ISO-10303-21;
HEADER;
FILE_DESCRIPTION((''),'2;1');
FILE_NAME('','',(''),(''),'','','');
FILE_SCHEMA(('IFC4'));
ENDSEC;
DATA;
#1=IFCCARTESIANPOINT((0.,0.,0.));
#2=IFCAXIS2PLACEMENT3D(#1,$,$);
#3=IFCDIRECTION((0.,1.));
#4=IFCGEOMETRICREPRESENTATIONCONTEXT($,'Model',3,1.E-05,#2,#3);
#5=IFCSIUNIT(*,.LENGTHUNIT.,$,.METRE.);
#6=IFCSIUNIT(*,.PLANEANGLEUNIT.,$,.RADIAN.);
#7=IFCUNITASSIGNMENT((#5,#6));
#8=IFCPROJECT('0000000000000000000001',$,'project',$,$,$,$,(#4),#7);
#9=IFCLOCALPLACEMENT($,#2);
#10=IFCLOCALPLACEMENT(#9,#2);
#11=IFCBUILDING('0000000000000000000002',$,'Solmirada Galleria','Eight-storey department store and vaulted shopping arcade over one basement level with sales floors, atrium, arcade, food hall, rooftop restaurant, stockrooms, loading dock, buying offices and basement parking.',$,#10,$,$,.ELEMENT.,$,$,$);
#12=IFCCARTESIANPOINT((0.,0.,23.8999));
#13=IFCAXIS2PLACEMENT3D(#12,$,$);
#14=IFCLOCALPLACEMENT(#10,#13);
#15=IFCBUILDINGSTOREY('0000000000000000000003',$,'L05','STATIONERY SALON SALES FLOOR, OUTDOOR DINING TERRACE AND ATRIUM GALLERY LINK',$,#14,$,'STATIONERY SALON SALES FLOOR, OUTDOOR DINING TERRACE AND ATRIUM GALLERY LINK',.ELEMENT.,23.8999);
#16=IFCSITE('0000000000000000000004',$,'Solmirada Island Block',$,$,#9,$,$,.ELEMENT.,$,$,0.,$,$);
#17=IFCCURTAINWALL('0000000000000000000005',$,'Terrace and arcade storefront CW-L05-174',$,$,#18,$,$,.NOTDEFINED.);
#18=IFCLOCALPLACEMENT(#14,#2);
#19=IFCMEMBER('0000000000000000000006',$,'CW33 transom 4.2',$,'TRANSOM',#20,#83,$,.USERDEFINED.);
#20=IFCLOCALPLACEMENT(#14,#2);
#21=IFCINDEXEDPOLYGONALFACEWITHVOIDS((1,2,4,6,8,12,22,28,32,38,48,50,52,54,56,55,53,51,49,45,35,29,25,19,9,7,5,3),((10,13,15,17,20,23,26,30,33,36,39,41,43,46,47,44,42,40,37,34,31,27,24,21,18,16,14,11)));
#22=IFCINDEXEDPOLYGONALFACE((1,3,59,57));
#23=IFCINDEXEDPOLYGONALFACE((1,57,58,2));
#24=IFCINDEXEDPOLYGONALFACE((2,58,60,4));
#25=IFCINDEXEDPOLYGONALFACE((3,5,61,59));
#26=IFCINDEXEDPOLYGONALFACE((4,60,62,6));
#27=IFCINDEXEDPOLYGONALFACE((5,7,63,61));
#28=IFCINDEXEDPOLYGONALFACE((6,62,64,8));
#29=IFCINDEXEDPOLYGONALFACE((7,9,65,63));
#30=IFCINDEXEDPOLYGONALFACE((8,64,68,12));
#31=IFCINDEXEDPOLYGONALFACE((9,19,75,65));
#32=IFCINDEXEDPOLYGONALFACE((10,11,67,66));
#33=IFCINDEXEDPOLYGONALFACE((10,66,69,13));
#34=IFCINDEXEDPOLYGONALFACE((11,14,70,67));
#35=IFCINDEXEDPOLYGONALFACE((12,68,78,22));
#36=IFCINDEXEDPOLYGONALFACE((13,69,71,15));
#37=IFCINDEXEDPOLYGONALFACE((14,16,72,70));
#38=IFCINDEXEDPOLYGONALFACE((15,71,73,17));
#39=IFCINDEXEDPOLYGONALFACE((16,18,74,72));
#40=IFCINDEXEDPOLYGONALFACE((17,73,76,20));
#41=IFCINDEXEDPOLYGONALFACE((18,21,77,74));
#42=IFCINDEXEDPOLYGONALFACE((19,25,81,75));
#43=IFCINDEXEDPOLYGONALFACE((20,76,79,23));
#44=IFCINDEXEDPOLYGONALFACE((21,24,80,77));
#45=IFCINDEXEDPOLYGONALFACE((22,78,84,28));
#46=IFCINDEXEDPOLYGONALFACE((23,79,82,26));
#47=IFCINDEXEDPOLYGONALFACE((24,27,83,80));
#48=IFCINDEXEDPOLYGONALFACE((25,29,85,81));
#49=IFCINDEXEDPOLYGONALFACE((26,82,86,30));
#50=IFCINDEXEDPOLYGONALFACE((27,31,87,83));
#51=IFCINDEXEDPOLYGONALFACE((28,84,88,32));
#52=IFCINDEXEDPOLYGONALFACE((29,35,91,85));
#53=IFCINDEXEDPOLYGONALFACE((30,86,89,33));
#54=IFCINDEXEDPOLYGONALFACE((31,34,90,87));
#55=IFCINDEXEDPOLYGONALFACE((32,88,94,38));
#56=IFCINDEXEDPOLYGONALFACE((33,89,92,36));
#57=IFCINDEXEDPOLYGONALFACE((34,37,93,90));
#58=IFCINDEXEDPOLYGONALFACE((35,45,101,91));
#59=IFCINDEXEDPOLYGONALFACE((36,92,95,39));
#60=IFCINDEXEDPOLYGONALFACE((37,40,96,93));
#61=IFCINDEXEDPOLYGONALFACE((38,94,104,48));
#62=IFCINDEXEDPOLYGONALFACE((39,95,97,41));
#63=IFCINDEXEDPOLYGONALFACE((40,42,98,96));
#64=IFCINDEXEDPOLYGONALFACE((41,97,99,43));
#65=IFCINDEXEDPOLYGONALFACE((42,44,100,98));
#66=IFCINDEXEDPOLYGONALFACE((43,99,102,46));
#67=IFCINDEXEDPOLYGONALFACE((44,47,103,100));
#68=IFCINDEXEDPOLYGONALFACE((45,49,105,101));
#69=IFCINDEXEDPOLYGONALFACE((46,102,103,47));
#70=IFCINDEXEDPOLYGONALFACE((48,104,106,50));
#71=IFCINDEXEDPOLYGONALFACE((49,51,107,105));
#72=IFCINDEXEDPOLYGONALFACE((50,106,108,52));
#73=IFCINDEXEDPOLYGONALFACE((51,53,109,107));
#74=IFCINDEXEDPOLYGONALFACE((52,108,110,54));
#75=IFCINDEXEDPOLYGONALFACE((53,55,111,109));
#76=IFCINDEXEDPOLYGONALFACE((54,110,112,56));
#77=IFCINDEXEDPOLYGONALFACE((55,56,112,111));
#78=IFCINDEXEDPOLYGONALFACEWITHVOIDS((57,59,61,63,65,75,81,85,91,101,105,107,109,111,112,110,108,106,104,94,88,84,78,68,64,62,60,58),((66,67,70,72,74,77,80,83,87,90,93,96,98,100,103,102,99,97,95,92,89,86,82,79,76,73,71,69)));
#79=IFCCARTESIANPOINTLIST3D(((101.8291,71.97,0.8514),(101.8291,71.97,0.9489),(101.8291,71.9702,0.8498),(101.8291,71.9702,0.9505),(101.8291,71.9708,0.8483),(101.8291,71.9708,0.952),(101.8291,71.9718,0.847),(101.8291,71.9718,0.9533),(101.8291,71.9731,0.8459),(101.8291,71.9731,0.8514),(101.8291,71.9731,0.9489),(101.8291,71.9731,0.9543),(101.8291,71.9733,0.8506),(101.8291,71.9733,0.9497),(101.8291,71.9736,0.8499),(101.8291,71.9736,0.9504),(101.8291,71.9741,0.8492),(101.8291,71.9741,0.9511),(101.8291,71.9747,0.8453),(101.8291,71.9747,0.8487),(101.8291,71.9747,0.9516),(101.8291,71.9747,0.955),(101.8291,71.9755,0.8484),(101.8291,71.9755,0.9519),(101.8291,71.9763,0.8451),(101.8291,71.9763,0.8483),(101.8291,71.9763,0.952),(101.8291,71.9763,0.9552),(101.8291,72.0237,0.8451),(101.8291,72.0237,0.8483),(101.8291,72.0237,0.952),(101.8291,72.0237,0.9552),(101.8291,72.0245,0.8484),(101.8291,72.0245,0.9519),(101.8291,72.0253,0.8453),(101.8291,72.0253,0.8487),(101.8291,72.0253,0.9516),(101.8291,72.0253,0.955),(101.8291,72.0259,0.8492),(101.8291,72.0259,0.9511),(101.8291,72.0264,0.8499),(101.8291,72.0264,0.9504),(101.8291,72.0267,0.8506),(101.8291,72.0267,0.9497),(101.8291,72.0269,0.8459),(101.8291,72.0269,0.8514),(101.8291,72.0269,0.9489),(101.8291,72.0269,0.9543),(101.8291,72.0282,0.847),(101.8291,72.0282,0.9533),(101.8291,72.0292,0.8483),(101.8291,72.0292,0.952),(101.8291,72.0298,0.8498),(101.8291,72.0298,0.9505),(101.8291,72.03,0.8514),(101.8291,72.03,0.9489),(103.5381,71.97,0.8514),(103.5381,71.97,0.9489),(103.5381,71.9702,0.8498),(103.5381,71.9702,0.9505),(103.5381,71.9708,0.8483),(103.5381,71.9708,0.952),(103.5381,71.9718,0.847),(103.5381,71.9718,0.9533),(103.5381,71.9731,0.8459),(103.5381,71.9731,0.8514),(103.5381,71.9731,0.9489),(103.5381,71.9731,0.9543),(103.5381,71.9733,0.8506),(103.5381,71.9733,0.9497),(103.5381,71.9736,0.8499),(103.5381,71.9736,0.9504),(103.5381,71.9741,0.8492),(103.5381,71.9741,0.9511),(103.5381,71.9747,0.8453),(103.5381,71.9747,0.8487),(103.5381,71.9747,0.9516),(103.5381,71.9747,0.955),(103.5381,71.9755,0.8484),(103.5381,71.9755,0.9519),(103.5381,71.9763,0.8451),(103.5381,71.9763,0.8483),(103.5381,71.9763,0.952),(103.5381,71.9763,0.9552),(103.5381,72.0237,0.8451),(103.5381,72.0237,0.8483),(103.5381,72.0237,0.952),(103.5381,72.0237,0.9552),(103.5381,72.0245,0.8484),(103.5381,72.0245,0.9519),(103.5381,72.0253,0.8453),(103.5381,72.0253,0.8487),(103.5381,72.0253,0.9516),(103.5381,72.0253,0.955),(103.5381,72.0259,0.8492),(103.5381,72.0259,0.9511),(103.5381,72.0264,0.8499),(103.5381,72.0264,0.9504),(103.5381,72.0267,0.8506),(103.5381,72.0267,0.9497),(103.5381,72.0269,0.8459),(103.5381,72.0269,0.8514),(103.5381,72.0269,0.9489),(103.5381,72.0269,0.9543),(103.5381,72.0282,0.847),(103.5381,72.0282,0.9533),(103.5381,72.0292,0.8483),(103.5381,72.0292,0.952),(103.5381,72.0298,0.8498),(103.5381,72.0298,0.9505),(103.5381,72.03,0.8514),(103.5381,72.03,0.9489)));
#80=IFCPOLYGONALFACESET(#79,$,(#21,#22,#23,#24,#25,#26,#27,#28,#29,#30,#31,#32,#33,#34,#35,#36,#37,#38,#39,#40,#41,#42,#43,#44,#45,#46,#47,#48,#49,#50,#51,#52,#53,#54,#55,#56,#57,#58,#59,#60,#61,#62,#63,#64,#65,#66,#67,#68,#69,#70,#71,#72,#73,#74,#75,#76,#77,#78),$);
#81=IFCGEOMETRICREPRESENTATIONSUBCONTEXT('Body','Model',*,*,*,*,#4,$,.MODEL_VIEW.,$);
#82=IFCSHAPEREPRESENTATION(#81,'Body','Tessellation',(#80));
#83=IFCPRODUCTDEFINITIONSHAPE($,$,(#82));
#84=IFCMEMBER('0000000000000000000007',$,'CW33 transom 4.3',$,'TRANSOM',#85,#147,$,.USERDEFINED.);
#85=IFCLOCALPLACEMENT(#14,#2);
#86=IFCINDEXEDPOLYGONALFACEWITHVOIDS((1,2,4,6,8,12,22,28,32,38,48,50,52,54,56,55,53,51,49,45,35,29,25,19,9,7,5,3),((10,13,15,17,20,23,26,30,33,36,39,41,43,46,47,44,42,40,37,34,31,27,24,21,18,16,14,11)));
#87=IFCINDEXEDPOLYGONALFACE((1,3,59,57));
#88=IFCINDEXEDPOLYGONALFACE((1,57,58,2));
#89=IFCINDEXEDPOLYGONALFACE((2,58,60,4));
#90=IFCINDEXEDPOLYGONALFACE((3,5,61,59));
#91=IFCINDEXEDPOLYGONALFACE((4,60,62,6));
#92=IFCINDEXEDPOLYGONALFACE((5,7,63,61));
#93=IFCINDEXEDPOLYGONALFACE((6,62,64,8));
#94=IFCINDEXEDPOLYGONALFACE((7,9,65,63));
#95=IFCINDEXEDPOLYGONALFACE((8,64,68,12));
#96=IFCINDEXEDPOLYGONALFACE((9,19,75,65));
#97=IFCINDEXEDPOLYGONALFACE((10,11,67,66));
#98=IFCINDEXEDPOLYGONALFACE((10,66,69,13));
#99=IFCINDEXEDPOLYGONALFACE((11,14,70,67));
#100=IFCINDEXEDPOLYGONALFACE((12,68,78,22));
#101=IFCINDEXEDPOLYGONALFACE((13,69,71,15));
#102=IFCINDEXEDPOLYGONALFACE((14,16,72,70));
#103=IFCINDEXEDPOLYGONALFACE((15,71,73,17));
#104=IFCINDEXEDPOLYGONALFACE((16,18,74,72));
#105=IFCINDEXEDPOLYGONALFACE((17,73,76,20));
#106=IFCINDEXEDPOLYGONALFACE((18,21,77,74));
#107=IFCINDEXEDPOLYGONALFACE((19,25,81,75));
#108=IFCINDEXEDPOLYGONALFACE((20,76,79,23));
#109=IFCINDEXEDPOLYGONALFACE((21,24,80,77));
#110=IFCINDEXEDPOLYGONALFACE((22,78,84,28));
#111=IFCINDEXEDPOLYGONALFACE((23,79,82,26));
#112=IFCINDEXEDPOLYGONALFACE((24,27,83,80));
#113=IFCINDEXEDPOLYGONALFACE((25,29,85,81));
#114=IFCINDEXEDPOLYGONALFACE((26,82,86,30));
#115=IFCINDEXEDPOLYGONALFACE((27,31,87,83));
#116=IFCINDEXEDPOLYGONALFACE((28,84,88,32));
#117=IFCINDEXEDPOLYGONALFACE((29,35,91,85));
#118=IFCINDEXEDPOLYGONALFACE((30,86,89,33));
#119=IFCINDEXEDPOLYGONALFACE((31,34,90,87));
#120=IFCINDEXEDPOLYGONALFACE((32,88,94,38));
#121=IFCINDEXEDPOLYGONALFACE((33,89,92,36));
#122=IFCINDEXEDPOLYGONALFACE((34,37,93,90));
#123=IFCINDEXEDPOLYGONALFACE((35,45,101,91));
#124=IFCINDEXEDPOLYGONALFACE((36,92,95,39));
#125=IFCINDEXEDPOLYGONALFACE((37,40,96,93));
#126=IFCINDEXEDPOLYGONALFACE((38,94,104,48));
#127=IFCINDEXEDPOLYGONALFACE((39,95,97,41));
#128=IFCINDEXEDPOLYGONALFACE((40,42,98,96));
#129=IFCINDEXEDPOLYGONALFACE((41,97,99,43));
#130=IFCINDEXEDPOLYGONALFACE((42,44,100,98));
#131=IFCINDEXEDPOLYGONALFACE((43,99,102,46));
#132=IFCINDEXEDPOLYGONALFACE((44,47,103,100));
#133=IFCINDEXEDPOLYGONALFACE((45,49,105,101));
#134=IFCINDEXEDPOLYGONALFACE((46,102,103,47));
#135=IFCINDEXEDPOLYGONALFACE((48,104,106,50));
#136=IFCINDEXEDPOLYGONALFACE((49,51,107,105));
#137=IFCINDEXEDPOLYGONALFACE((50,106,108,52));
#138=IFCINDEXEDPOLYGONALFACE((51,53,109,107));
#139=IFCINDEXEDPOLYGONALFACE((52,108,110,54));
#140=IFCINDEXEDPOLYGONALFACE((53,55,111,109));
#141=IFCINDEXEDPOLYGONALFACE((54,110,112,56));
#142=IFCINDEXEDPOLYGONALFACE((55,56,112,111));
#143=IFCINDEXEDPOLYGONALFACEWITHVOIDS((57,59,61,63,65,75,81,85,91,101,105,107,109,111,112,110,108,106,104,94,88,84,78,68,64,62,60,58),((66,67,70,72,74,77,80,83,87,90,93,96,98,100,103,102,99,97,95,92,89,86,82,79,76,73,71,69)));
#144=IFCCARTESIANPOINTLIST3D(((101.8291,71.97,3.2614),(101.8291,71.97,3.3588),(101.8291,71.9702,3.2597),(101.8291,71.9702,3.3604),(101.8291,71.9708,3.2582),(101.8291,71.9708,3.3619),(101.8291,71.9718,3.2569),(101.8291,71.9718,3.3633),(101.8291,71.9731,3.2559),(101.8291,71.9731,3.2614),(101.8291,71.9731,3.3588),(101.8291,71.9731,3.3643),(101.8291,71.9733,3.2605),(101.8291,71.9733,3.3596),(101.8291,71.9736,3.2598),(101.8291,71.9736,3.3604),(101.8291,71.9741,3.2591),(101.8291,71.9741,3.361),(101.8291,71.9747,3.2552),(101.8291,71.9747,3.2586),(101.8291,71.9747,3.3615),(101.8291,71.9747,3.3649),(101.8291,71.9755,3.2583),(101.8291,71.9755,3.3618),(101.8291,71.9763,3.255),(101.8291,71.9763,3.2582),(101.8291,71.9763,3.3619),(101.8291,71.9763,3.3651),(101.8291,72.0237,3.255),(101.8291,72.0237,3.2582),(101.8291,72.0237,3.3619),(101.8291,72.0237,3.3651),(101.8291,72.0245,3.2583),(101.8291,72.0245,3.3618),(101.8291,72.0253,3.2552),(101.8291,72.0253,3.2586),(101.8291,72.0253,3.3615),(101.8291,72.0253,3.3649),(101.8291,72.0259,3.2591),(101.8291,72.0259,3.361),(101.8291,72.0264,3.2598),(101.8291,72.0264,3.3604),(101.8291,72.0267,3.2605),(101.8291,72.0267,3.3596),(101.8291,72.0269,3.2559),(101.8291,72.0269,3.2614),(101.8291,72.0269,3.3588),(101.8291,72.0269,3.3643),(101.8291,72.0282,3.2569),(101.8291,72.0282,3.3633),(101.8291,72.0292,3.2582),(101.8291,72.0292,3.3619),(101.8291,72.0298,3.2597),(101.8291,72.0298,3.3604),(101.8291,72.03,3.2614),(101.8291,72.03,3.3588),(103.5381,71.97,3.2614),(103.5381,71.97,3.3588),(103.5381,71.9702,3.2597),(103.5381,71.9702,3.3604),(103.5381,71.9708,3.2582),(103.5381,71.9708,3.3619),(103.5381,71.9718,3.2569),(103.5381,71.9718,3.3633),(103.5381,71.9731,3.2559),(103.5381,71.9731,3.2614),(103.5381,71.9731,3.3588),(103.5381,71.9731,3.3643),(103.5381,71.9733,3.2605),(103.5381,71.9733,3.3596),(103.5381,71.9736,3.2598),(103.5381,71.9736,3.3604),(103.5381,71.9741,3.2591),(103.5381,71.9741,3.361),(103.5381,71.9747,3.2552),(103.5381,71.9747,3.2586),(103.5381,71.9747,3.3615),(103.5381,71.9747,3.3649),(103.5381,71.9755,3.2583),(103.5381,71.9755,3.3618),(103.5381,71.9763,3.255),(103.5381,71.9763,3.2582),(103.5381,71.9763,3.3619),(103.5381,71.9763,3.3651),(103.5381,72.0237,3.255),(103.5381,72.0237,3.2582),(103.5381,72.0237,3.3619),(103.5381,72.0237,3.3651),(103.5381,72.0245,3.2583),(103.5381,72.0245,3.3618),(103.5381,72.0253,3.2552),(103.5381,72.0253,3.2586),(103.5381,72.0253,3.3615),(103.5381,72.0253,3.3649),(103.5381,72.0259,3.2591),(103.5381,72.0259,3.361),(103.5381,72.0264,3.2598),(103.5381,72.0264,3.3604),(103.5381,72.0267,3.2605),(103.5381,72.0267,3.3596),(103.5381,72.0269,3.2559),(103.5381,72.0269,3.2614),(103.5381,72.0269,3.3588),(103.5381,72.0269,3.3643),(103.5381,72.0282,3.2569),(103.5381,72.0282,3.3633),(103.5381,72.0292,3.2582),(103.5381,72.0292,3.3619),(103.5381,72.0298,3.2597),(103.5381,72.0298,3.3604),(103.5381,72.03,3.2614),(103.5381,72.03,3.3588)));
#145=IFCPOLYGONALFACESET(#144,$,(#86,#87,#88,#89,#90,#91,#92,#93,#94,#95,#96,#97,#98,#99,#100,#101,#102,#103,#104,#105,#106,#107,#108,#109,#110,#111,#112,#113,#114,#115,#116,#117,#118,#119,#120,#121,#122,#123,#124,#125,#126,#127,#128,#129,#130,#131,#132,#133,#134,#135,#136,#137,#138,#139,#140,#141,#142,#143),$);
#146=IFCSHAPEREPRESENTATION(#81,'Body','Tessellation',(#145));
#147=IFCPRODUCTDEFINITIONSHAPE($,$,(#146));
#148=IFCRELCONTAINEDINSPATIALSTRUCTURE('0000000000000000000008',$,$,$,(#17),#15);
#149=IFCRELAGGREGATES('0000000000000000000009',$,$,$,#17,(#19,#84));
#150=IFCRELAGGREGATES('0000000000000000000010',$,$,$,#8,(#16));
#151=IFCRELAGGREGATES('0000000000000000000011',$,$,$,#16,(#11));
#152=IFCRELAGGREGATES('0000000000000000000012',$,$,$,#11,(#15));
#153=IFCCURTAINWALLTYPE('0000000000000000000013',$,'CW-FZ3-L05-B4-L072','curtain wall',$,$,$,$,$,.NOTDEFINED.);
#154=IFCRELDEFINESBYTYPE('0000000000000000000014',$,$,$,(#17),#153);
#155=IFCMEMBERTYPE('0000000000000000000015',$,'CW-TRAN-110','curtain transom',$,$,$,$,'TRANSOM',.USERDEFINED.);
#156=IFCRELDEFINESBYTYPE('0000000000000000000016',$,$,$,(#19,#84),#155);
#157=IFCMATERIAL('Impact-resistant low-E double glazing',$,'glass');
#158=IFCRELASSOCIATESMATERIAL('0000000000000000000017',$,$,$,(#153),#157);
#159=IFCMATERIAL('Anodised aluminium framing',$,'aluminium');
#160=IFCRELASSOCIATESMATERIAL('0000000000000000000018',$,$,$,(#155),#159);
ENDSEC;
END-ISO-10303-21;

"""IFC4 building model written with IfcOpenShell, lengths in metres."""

from ifc_helpers import new_model, si_unit, direction, frame, origin, origin_2d, place, context, subcontext, project, spatial, hollow_rectangle, extrude, material, material_profile, profile_set, type_object, element, aggregate, save


model = new_model("IFC4")

# Units and contexts
model_context = context("Model", 3, precision=1e-05, world=origin(), true_north=direction((0.0, 1.0)))
body_context = subcontext(model_context, "Body", "Model", "MODEL_VIEW")
ifc_project = project(units=[si_unit("LENGTHUNIT", "METRE"), si_unit("PLANEANGLEUNIT", "RADIAN")], contexts=[model_context])

# Site, building, storey
site_placement = place(None, origin())
site = spatial("IfcSite", under=ifc_project, at=site_placement, Name="Solmirada Island Block", CompositionType="ELEMENT", RefElevation=0.0)
building_placement = place(site_placement, origin())
building = spatial("IfcBuilding", under=site, at=building_placement, Name="Solmirada Galleria", Description="Eight-storey department store and vaulted shopping arcade over one basement level with sales floors, atrium, arcade, food hall, rooftop restaurant, stockrooms, loading dock, buying offices and basement parking.", CompositionType="ELEMENT")
storey_placement = place(building_placement, frame((0.0, 0.0, 23.8999)))
storey = spatial("IfcBuildingStorey", under=building, at=storey_placement, Name="L05", Description="STATIONERY SALON SALES FLOOR, OUTDOOR DINING TERRACE AND ATRIUM GALLERY LINK", LongName="STATIONERY SALON SALES FLOOR, OUTDOOR DINING TERRACE AND ATRIUM GALLERY LINK", CompositionType="ELEMENT", Elevation=23.8999)

# Curtain wall, members
ifc_material_1 = material(Name="Impact-resistant low-E double glazing", Category="glass")
curtain_wall_type = type_object("IfcCurtainWallType", Name="CW-FZ3-L05-B4-L072", Description="curtain wall", PredefinedType="NOTDEFINED", material=ifc_material_1)
curtain_wall_placement = place(storey_placement, origin())
curtain_wall = element("IfcCurtainWall", 1, at=curtain_wall_placement, inside=storey, type_object=curtain_wall_type, Name="Terrace and arcade storefront CW-L05-174", PredefinedType="NOTDEFINED")
ifc_material_2 = material(Name="Anodised aluminium framing", Category="aluminium")
ifc_material_profile_1 = material_profile(ifc_material_2, hollow_rectangle(XDim=0.0601, YDim=0.1101, WallThickness=0.0032, InnerFilletRadius=0.0032, OuterFilletRadius=0.0063, at=origin_2d()), Name="ALU-TRAN-110X60")
ifc_profile_set_1 = profile_set([ifc_material_profile_1], Name="Anodised aluminium framing")
member_type_1 = type_object("IfcMemberType", Name="CW-TRAN-110", Description="curtain transom", ElementType="TRANSOM", PredefinedType="USERDEFINED", material=ifc_profile_set_1)
member_1_placement = place(storey_placement, frame((101.8291, 72.0, 0.9001), z_axis=(1.0, 0.0, 0.0), x_axis=(0.0, 1.0, 0.0)))
member_1 = element("IfcMember", 2, at=member_1_placement, type_object=member_type_1, Name="CW33 transom 4.2", ObjectType="TRANSOM", PredefinedType="USERDEFINED", context=body_context, shape_type="SweptSolid", body=[
    extrude(hollow_rectangle(XDim=0.0601, YDim=0.1101, WallThickness=0.0032, InnerFilletRadius=0.0032, OuterFilletRadius=0.0063, at=origin_2d()), origin(), (0.0, 0.0, 1.0), 1.709),
])
member_2_placement = place(storey_placement, frame((101.8291, 72.0, 3.3101), z_axis=(1.0, 0.0, 0.0), x_axis=(0.0, 1.0, 0.0)))
member_2 = element("IfcMember", 3, at=member_2_placement, type_object=member_type_1, Name="CW33 transom 4.3", ObjectType="TRANSOM", PredefinedType="USERDEFINED", context=body_context, shape_type="SweptSolid", body=[
    extrude(hollow_rectangle(XDim=0.0601, YDim=0.1101, WallThickness=0.0032, InnerFilletRadius=0.0032, OuterFilletRadius=0.0063, at=origin_2d()), origin(), (0.0, 0.0, 1.0), 1.709),
])
aggregate(curtain_wall, [member_1, member_2])

save(model, "model.ifc")
